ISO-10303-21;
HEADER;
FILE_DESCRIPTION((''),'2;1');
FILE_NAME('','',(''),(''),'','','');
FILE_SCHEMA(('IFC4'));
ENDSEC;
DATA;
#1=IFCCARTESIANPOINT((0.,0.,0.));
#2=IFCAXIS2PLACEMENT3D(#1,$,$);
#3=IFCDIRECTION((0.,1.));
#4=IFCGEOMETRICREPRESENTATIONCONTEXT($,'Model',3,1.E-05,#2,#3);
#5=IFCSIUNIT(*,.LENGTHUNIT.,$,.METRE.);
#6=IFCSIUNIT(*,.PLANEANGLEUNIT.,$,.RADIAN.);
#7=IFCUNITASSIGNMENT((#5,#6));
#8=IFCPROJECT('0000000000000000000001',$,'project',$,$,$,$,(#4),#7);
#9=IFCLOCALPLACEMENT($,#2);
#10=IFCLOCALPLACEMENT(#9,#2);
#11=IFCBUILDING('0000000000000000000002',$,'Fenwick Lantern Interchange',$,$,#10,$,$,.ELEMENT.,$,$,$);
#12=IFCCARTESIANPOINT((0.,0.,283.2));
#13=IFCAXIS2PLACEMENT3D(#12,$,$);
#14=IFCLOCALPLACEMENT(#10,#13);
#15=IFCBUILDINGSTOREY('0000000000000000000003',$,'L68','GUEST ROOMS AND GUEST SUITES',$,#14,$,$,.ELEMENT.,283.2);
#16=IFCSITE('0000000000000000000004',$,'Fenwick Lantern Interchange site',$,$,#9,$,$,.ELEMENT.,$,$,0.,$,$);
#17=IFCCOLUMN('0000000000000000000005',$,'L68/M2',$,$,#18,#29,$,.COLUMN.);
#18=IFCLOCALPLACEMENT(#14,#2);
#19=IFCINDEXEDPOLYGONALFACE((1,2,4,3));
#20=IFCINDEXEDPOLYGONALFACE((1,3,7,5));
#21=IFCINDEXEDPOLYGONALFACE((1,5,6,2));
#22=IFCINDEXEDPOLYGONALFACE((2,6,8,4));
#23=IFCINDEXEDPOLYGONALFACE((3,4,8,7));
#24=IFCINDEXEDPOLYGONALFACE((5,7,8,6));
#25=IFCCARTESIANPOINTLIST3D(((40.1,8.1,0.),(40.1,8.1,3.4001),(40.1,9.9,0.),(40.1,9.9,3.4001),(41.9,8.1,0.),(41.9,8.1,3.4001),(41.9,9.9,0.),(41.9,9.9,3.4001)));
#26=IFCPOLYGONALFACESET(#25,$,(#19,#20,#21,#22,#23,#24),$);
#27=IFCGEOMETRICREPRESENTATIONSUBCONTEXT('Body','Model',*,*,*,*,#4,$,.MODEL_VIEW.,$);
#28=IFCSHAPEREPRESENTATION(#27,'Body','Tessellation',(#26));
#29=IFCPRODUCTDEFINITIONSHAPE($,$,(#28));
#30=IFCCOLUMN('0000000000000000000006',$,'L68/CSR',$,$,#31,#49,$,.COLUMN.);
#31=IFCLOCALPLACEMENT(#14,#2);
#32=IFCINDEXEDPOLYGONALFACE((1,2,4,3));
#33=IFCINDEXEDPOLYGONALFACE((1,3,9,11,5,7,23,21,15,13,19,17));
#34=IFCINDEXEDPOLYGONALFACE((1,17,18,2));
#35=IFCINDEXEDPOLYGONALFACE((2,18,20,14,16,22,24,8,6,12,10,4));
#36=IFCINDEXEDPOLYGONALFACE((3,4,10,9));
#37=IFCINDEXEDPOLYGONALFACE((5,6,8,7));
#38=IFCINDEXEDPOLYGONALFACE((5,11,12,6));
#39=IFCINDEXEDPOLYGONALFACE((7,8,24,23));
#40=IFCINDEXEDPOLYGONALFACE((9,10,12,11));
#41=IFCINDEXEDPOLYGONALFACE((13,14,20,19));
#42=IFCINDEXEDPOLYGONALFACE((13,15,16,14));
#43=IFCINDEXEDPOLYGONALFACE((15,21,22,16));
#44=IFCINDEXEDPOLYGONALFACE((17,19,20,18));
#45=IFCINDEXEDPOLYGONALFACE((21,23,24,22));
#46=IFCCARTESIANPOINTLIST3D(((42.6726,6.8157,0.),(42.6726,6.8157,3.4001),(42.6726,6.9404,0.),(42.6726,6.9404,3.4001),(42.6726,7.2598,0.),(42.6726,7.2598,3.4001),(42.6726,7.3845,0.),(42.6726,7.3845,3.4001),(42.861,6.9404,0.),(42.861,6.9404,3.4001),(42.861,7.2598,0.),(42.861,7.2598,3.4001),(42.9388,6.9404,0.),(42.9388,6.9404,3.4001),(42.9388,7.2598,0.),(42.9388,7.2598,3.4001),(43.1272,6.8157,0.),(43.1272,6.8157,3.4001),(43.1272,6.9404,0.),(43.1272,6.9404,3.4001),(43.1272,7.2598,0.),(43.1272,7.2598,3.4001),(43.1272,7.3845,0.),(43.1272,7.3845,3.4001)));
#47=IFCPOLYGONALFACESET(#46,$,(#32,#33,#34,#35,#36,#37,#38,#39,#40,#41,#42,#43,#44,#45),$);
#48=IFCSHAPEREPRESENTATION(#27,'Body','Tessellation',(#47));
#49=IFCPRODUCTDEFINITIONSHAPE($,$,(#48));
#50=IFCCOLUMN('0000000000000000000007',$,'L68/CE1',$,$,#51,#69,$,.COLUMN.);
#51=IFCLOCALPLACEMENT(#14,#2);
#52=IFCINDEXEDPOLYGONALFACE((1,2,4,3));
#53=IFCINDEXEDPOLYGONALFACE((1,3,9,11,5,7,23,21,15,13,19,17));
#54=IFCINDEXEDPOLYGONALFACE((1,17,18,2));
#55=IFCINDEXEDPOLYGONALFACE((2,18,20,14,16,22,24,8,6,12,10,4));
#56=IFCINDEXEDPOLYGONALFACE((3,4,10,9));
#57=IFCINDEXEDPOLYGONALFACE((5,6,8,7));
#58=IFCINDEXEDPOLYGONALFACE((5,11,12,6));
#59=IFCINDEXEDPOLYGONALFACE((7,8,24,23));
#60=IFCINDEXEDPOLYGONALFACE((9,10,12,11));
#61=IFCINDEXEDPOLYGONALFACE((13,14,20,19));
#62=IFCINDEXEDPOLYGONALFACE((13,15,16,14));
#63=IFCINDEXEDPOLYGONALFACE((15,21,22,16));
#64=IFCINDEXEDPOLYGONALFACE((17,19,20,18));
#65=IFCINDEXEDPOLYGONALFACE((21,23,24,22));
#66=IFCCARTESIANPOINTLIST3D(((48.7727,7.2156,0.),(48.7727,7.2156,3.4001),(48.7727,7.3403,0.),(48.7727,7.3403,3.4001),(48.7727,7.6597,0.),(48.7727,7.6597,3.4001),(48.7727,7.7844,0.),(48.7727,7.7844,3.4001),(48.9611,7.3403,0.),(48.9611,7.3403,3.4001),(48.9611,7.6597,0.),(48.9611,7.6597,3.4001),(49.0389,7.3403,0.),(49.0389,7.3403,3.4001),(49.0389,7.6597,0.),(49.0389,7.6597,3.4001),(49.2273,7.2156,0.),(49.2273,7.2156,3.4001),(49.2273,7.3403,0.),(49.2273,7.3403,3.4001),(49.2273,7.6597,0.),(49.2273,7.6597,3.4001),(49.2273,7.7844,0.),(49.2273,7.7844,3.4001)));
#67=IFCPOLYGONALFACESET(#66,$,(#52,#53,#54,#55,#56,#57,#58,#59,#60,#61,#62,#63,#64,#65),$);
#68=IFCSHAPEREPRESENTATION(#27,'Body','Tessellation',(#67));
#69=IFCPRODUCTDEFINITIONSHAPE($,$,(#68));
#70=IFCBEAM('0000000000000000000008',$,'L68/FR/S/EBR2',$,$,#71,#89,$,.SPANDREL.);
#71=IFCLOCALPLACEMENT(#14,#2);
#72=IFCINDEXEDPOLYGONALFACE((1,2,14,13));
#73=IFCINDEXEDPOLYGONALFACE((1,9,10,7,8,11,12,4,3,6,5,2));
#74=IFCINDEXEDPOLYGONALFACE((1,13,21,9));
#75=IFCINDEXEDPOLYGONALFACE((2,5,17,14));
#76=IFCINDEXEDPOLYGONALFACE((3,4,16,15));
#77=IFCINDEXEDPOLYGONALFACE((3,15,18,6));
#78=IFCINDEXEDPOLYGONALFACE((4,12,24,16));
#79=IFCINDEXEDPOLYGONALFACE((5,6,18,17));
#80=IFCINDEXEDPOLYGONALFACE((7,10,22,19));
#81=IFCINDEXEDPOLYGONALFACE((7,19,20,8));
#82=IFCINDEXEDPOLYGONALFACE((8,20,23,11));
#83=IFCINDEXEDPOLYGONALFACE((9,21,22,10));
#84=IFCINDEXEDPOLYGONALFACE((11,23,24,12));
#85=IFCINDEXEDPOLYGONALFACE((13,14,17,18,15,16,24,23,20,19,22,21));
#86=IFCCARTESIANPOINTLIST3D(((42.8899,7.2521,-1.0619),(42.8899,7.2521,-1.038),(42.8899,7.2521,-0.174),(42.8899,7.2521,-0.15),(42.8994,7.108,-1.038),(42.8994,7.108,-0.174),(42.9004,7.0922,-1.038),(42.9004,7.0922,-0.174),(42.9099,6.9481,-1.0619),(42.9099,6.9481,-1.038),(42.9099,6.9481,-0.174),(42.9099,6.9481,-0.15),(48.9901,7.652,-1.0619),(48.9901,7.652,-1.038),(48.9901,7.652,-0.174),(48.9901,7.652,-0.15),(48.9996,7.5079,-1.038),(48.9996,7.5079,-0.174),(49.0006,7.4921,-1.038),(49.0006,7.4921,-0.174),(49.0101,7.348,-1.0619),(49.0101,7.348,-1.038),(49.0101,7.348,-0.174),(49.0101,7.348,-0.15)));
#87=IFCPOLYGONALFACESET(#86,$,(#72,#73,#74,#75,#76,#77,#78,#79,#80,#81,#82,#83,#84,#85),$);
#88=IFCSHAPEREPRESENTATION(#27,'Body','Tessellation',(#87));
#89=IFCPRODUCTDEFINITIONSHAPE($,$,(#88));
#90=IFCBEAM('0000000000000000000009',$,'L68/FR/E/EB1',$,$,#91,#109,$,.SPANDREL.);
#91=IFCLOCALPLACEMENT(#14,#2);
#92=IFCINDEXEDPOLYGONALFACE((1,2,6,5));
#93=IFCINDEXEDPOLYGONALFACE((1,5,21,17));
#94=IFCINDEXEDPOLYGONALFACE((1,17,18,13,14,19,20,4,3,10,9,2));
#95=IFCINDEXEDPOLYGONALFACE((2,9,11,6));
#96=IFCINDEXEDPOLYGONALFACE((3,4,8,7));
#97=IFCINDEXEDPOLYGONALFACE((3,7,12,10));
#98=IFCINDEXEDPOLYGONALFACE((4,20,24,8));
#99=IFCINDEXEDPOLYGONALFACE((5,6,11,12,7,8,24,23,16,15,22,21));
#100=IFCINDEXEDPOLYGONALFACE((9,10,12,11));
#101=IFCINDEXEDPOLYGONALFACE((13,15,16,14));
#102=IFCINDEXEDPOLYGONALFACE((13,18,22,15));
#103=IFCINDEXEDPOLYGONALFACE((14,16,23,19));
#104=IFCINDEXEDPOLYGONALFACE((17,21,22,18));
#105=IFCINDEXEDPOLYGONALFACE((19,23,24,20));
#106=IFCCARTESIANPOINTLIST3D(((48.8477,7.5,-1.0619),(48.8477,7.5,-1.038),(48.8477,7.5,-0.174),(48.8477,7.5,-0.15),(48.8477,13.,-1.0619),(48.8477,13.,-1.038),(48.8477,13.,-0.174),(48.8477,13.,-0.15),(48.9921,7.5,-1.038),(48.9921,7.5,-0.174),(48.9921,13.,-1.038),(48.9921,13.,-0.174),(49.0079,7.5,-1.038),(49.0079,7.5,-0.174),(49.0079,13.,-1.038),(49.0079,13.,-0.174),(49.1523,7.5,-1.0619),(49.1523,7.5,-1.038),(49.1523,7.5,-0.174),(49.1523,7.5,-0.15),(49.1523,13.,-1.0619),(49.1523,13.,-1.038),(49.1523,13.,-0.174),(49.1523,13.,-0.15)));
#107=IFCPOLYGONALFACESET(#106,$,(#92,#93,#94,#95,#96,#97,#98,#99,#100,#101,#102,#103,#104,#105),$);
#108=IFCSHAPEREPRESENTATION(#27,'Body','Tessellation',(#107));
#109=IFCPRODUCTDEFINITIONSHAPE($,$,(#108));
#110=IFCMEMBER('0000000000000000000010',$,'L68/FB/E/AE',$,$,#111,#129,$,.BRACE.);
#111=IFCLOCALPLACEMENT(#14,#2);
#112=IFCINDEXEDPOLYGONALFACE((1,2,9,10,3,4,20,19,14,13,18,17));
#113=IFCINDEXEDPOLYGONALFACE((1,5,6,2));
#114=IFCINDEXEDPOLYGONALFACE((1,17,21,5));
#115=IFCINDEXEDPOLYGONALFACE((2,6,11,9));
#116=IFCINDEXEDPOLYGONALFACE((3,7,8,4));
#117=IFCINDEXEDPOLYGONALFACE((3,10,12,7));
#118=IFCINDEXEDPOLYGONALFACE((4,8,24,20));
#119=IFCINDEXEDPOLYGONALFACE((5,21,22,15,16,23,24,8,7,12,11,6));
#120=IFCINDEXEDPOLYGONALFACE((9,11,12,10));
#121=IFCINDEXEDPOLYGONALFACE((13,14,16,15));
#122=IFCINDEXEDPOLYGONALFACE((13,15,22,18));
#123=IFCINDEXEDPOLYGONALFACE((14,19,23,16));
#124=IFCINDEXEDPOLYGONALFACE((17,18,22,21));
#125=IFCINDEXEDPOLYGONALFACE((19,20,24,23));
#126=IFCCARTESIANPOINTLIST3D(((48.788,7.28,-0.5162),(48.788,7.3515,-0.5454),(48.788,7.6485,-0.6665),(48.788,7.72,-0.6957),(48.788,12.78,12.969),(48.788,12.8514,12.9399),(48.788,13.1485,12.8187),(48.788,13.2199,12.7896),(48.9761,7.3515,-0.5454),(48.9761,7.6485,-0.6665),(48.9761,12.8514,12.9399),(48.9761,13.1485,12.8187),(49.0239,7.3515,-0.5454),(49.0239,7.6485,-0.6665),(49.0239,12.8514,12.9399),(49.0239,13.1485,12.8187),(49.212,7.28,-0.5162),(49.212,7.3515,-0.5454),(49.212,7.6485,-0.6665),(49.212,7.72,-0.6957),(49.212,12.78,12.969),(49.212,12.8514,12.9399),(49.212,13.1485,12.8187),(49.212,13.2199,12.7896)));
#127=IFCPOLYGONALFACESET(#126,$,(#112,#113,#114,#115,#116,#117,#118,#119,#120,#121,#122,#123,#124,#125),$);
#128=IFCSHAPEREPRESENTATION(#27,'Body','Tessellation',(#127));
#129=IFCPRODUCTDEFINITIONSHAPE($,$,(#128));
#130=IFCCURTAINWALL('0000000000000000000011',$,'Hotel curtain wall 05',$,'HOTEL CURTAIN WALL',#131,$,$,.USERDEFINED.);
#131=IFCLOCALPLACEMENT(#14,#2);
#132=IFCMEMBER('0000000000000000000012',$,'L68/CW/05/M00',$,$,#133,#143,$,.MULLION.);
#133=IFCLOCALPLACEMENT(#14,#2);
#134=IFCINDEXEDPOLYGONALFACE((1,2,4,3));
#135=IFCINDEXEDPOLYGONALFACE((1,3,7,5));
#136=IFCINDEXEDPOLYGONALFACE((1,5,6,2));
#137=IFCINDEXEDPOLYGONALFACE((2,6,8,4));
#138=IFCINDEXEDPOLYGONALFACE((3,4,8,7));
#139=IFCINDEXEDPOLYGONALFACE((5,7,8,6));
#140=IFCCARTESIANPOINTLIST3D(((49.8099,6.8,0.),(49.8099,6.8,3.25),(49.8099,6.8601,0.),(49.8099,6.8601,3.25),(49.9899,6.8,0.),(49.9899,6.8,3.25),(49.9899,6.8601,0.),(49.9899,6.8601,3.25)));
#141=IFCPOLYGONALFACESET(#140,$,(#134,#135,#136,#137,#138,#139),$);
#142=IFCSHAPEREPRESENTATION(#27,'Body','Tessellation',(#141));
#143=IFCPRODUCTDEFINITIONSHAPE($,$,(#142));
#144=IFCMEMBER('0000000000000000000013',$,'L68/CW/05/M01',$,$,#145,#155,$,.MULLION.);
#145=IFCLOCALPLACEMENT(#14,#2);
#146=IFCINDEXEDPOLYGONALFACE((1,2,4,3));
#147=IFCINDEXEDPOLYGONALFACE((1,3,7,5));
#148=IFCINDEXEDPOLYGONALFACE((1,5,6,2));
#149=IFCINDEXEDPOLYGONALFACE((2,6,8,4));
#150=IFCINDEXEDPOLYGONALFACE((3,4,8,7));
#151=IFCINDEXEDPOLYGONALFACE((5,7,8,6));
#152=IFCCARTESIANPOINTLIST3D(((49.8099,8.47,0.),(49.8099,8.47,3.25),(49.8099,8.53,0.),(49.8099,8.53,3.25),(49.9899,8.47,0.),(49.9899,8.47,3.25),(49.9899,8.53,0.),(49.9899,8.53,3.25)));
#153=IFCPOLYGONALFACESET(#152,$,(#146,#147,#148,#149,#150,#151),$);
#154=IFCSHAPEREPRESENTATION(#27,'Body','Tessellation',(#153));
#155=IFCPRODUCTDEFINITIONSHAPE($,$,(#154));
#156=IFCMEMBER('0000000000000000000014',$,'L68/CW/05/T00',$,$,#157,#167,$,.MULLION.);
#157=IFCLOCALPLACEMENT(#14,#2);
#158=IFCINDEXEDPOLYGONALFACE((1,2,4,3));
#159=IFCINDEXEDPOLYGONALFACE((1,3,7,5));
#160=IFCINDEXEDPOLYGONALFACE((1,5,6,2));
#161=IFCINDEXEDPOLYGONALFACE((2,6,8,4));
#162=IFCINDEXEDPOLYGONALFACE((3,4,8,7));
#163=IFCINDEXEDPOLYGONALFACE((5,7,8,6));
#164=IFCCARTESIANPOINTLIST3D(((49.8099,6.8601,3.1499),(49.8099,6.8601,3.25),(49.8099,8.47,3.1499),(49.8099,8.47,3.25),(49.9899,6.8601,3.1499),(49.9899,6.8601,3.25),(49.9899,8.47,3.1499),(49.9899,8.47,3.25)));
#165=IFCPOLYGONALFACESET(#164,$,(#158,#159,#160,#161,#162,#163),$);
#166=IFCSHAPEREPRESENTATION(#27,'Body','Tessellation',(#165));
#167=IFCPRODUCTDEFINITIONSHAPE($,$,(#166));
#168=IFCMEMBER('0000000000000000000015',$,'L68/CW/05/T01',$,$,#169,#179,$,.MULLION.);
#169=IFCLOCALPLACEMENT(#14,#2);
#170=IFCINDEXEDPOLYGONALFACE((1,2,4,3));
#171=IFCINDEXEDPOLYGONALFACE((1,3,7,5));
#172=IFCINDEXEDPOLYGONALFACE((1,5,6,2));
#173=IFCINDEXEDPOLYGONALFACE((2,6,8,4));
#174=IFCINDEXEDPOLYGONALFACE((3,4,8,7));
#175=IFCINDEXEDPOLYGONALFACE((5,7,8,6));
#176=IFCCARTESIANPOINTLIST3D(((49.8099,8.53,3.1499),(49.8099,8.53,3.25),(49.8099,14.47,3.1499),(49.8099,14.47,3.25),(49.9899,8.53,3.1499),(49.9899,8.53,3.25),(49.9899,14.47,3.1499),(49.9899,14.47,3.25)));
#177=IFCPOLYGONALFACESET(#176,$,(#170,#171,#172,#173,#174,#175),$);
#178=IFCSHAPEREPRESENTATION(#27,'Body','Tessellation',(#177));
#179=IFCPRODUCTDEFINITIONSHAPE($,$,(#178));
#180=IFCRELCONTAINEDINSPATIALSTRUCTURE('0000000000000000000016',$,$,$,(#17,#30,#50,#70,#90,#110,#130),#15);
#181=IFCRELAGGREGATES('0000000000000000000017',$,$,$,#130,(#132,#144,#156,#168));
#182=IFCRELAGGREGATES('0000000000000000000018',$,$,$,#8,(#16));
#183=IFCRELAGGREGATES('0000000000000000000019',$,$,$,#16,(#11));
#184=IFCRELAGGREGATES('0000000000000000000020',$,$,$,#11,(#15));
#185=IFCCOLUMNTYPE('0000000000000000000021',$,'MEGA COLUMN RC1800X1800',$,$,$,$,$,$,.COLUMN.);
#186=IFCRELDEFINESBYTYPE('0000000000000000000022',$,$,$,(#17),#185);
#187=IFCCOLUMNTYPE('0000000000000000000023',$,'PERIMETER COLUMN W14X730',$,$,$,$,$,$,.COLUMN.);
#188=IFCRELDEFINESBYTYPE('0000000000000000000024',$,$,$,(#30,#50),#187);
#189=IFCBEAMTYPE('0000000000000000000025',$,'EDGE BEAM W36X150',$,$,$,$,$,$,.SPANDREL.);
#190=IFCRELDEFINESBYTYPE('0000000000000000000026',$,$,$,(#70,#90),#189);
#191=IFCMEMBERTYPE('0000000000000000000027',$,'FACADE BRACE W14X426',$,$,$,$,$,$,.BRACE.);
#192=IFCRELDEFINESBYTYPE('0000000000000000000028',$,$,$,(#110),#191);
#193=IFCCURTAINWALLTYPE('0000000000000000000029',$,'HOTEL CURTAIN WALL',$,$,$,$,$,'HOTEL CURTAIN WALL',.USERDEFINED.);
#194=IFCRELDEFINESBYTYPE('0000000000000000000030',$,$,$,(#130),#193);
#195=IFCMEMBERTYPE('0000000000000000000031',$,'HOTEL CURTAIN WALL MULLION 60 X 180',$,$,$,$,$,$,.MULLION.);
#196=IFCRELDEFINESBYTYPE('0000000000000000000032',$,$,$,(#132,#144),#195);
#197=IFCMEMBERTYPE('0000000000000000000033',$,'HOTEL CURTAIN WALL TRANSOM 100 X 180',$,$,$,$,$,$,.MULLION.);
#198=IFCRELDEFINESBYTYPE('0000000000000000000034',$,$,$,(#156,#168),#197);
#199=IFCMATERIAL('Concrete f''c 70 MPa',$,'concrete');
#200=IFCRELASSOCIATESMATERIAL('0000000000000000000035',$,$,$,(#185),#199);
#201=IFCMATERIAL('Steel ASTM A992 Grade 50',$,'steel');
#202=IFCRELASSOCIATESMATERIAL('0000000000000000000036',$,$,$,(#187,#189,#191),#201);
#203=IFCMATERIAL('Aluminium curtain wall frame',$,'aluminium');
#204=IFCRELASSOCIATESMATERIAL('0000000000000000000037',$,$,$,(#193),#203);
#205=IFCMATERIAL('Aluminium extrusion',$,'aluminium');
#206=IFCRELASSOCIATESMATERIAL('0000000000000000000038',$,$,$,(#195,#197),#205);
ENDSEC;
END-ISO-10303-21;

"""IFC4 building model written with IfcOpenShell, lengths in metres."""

from ifc_helpers import new_model, si_unit, direction, frame, origin, origin_2d, place, context, subcontext, project, spatial, rectangle, i_section, extrude, material, material_profile, profile_set, type_object, element, aggregate, save


model = new_model("IFC4")

# Units and contexts
model_context = context("Model", 3, precision=1e-05, world=origin(), true_north=direction((0.0, 1.0)))
body_context = subcontext(model_context, "Body", "Model", "MODEL_VIEW")
ifc_project = project(units=[si_unit("LENGTHUNIT", "METRE"), si_unit("PLANEANGLEUNIT", "RADIAN")], contexts=[model_context])

# Site, building, storey
site_placement = place(None, origin())
site = spatial("IfcSite", under=ifc_project, at=site_placement, Name="Fenwick Lantern Interchange site", CompositionType="ELEMENT", RefElevation=0.0)
building_placement = place(site_placement, origin())
building = spatial("IfcBuilding", under=site, at=building_placement, Name="Fenwick Lantern Interchange", CompositionType="ELEMENT")
storey_placement = place(building_placement, frame((0.0, 0.0, 283.2)))
storey = spatial("IfcBuildingStorey", under=building, at=storey_placement, Name="L68", Description="GUEST ROOMS AND GUEST SUITES", CompositionType="ELEMENT", Elevation=283.2)

# Columns
ifc_material_1 = material(Name="Concrete f'c 70 MPa", Category="concrete")
ifc_material_profile_1 = material_profile(ifc_material_1, rectangle(XDim=1.8, YDim=1.8, at=origin_2d()), Name="RC1800X1800")
ifc_profile_set_1 = profile_set([ifc_material_profile_1], Name="Concrete f'c 70 MPa")
column_type_1 = type_object("IfcColumnType", Name="MEGA COLUMN RC1800X1800", PredefinedType="COLUMN", material=ifc_profile_set_1)
column_placement = place(storey_placement, frame((41.0, 9.0, 0.0), z_axis=(0.0, 0.0, 1.0), x_axis=(1.0, 0.0, 0.0)))
element("IfcColumn", 1, at=column_placement, inside=storey, type_object=column_type_1, Name="L68/M2", PredefinedType="COLUMN", context=body_context, shape_type="SweptSolid", body=[
    extrude(rectangle(XDim=1.8, YDim=1.8, at=origin_2d()), origin(), (0.0, 0.0, 1.0), 3.4001),
])
ifc_material_2 = material(Name="Steel ASTM A992 Grade 50", Category="steel")
ifc_material_profile_2 = material_profile(ifc_material_2, i_section(OverallWidth=0.4546, OverallDepth=0.5688, WebThickness=0.0779, FlangeThickness=0.1248, at=origin_2d()), Name="W14X730")
ifc_profile_set_2 = profile_set([ifc_material_profile_2], Name="Steel ASTM A992 Grade 50")
column_type_2 = type_object("IfcColumnType", Name="PERIMETER COLUMN W14X730", PredefinedType="COLUMN", material=ifc_profile_set_2)
for number, where, z_axis, x_axis, name in (
    (2, (42.8999, 7.1001, 0.0), (0.0, 0.0, 1.0), (1.0, 0.0, 0.0), "L68/CSR"),
    (3, (49.0, 7.5, 0.0), (0.0, 0.0, 1.0), (1.0, 0.0, 0.0), "L68/CE1"),
):
    element("IfcColumn", number, at=place(storey_placement, frame(where, z_axis=z_axis, x_axis=x_axis)), inside=storey, type_object=column_type_2, Name=name, PredefinedType="COLUMN", context=body_context, shape_type="SweptSolid", body=[
        extrude(i_section(OverallWidth=0.4546, OverallDepth=0.5688, WebThickness=0.0779, FlangeThickness=0.1248, at=origin_2d()), origin(), (0.0, 0.0, 1.0), 3.4001),
    ])

# Beams
ifc_material_profile_3 = material_profile(ifc_material_2, i_section(OverallWidth=0.3047, OverallDepth=0.9119, WebThickness=0.0159, FlangeThickness=0.0239, at=origin_2d()), Name="W36X150")
ifc_profile_set_3 = profile_set([ifc_material_profile_3], Name="Steel ASTM A992 Grade 50")
beam_type_1 = type_object("IfcBeamType", Name="EDGE BEAM W36X150", PredefinedType="SPANDREL", material=ifc_profile_set_3)
beam_1_placement = place(storey_placement, frame((42.8999, 7.1001, -0.606), z_axis=(0.997858, 0.065416, 0.0), x_axis=(-0.065416, 0.997858, 0.0)))
element("IfcBeam", 4, at=beam_1_placement, inside=storey, type_object=beam_type_1, Name="L68/FR/S/EBR2", PredefinedType="SPANDREL", context=body_context, shape_type="SweptSolid", body=[
    extrude(i_section(OverallWidth=0.3047, OverallDepth=0.9119, WebThickness=0.0159, FlangeThickness=0.0239, at=origin_2d()), origin(), (0.0, 0.0, 1.0), 6.1133),
])
beam_2_placement = place(storey_placement, frame((49.0, 7.5, -0.606), z_axis=(0.0, 1.0, 0.0), x_axis=(-1.0, 0.0, 0.0)))
element("IfcBeam", 5, at=beam_2_placement, inside=storey, type_object=beam_type_1, Name="L68/FR/E/EB1", PredefinedType="SPANDREL", context=body_context, shape_type="SweptSolid", body=[
    extrude(i_section(OverallWidth=0.3047, OverallDepth=0.9119, WebThickness=0.0159, FlangeThickness=0.0239, at=origin_2d()), origin(), (0.0, 0.0, 1.0), 5.5),
])

# Member
ifc_material_profile_4 = material_profile(ifc_material_2, i_section(OverallWidth=0.4241, OverallDepth=0.4751, WebThickness=0.0479, FlangeThickness=0.0771, at=origin_2d()), Name="W14X426")
ifc_profile_set_4 = profile_set([ifc_material_profile_4], Name="Steel ASTM A992 Grade 50")
member_type_1 = type_object("IfcMemberType", Name="FACADE BRACE W14X426", PredefinedType="BRACE", material=ifc_profile_set_4)
member_1_placement = place(storey_placement, frame((49.0, 7.5, -0.606), z_axis=(0.0, 0.377648, 0.925949), x_axis=(-1.0, 0.0, 0.0)))
element("IfcMember", 6, at=member_1_placement, inside=storey, type_object=member_type_1, Name="L68/FB/E/AE", PredefinedType="BRACE", context=body_context, shape_type="SweptSolid", body=[
    extrude(i_section(OverallWidth=0.4241, OverallDepth=0.4751, WebThickness=0.0479, FlangeThickness=0.0771, at=origin_2d()), origin(), (0.0, 0.0, 1.0), 14.5637),
])

# Curtain wall, members
ifc_material_3 = material(Name="Aluminium curtain wall frame", Category="aluminium")
curtain_wall_type = type_object("IfcCurtainWallType", Name="HOTEL CURTAIN WALL", ElementType="HOTEL CURTAIN WALL", PredefinedType="USERDEFINED", material=ifc_material_3)
curtain_wall_placement = place(storey_placement, origin())
curtain_wall = element("IfcCurtainWall", 7, at=curtain_wall_placement, inside=storey, type_object=curtain_wall_type, Name="Hotel curtain wall 05", ObjectType="HOTEL CURTAIN WALL", PredefinedType="USERDEFINED")
ifc_material_4 = material(Name="Aluminium extrusion", Category="aluminium")
ifc_material_profile_5 = material_profile(ifc_material_4, rectangle(XDim=0.1799, YDim=0.0601, at=origin_2d()), Name="HOTEL CURTAIN WALL MULLION 60 X 180")
ifc_profile_set_5 = profile_set([ifc_material_profile_5], Name="Aluminium extrusion")
member_type_2 = type_object("IfcMemberType", Name="HOTEL CURTAIN WALL MULLION 60 X 180", PredefinedType="MULLION", material=ifc_profile_set_5)
member_2_placement = place(storey_placement, frame((49.8999, 6.8301, 0.0), z_axis=(0.0, 0.0, 1.0), x_axis=(-1.0, 0.0, 0.0)))
member_2 = element("IfcMember", 8, at=member_2_placement, type_object=member_type_2, Name="L68/CW/05/M00", PredefinedType="MULLION", context=body_context, shape_type="SweptSolid", body=[
    extrude(rectangle(XDim=0.1799, YDim=0.0601, at=origin_2d()), origin(), (0.0, 0.0, 1.0), 3.25),
])
member_3_placement = place(storey_placement, frame((49.8999, 8.5, 0.0), z_axis=(0.0, 0.0, 1.0), x_axis=(-1.0, 0.0, 0.0)))
member_3 = element("IfcMember", 9, at=member_3_placement, type_object=member_type_2, Name="L68/CW/05/M01", PredefinedType="MULLION", context=body_context, shape_type="SweptSolid", body=[
    extrude(rectangle(XDim=0.1799, YDim=0.0601, at=origin_2d()), origin(), (0.0, 0.0, 1.0), 3.25),
])
ifc_material_profile_6 = material_profile(ifc_material_4, rectangle(XDim=0.1799, YDim=0.1001, at=origin_2d()), Name="HOTEL CURTAIN WALL TRANSOM 100 X 180")
ifc_profile_set_6 = profile_set([ifc_material_profile_6], Name="Aluminium extrusion")
member_type_3 = type_object("IfcMemberType", Name="HOTEL CURTAIN WALL TRANSOM 100 X 180", PredefinedType="MULLION", material=ifc_profile_set_6)
member_4_placement = place(storey_placement, frame((49.8999, 6.8601, 3.2), z_axis=(0.0, 1.0, 0.0), x_axis=(-1.0, 0.0, 0.0)))
member_4 = element("IfcMember", 10, at=member_4_placement, type_object=member_type_3, Name="L68/CW/05/T00", PredefinedType="MULLION", context=body_context, shape_type="SweptSolid", body=[
    extrude(rectangle(XDim=0.1799, YDim=0.1001, at=origin_2d()), origin(), (0.0, 0.0, 1.0), 1.6099),
])
member_5_placement = place(storey_placement, frame((49.8999, 8.53, 3.2), z_axis=(0.0, 1.0, 0.0), x_axis=(-1.0, 0.0, 0.0)))
member_5 = element("IfcMember", 11, at=member_5_placement, type_object=member_type_3, Name="L68/CW/05/T01", PredefinedType="MULLION", context=body_context, shape_type="SweptSolid", body=[
    extrude(rectangle(XDim=0.1799, YDim=0.1001, at=origin_2d()), origin(), (0.0, 0.0, 1.0), 5.9399),
])
aggregate(curtain_wall, [member_2, member_3, member_4, member_5])

save(model, "model.ifc")
